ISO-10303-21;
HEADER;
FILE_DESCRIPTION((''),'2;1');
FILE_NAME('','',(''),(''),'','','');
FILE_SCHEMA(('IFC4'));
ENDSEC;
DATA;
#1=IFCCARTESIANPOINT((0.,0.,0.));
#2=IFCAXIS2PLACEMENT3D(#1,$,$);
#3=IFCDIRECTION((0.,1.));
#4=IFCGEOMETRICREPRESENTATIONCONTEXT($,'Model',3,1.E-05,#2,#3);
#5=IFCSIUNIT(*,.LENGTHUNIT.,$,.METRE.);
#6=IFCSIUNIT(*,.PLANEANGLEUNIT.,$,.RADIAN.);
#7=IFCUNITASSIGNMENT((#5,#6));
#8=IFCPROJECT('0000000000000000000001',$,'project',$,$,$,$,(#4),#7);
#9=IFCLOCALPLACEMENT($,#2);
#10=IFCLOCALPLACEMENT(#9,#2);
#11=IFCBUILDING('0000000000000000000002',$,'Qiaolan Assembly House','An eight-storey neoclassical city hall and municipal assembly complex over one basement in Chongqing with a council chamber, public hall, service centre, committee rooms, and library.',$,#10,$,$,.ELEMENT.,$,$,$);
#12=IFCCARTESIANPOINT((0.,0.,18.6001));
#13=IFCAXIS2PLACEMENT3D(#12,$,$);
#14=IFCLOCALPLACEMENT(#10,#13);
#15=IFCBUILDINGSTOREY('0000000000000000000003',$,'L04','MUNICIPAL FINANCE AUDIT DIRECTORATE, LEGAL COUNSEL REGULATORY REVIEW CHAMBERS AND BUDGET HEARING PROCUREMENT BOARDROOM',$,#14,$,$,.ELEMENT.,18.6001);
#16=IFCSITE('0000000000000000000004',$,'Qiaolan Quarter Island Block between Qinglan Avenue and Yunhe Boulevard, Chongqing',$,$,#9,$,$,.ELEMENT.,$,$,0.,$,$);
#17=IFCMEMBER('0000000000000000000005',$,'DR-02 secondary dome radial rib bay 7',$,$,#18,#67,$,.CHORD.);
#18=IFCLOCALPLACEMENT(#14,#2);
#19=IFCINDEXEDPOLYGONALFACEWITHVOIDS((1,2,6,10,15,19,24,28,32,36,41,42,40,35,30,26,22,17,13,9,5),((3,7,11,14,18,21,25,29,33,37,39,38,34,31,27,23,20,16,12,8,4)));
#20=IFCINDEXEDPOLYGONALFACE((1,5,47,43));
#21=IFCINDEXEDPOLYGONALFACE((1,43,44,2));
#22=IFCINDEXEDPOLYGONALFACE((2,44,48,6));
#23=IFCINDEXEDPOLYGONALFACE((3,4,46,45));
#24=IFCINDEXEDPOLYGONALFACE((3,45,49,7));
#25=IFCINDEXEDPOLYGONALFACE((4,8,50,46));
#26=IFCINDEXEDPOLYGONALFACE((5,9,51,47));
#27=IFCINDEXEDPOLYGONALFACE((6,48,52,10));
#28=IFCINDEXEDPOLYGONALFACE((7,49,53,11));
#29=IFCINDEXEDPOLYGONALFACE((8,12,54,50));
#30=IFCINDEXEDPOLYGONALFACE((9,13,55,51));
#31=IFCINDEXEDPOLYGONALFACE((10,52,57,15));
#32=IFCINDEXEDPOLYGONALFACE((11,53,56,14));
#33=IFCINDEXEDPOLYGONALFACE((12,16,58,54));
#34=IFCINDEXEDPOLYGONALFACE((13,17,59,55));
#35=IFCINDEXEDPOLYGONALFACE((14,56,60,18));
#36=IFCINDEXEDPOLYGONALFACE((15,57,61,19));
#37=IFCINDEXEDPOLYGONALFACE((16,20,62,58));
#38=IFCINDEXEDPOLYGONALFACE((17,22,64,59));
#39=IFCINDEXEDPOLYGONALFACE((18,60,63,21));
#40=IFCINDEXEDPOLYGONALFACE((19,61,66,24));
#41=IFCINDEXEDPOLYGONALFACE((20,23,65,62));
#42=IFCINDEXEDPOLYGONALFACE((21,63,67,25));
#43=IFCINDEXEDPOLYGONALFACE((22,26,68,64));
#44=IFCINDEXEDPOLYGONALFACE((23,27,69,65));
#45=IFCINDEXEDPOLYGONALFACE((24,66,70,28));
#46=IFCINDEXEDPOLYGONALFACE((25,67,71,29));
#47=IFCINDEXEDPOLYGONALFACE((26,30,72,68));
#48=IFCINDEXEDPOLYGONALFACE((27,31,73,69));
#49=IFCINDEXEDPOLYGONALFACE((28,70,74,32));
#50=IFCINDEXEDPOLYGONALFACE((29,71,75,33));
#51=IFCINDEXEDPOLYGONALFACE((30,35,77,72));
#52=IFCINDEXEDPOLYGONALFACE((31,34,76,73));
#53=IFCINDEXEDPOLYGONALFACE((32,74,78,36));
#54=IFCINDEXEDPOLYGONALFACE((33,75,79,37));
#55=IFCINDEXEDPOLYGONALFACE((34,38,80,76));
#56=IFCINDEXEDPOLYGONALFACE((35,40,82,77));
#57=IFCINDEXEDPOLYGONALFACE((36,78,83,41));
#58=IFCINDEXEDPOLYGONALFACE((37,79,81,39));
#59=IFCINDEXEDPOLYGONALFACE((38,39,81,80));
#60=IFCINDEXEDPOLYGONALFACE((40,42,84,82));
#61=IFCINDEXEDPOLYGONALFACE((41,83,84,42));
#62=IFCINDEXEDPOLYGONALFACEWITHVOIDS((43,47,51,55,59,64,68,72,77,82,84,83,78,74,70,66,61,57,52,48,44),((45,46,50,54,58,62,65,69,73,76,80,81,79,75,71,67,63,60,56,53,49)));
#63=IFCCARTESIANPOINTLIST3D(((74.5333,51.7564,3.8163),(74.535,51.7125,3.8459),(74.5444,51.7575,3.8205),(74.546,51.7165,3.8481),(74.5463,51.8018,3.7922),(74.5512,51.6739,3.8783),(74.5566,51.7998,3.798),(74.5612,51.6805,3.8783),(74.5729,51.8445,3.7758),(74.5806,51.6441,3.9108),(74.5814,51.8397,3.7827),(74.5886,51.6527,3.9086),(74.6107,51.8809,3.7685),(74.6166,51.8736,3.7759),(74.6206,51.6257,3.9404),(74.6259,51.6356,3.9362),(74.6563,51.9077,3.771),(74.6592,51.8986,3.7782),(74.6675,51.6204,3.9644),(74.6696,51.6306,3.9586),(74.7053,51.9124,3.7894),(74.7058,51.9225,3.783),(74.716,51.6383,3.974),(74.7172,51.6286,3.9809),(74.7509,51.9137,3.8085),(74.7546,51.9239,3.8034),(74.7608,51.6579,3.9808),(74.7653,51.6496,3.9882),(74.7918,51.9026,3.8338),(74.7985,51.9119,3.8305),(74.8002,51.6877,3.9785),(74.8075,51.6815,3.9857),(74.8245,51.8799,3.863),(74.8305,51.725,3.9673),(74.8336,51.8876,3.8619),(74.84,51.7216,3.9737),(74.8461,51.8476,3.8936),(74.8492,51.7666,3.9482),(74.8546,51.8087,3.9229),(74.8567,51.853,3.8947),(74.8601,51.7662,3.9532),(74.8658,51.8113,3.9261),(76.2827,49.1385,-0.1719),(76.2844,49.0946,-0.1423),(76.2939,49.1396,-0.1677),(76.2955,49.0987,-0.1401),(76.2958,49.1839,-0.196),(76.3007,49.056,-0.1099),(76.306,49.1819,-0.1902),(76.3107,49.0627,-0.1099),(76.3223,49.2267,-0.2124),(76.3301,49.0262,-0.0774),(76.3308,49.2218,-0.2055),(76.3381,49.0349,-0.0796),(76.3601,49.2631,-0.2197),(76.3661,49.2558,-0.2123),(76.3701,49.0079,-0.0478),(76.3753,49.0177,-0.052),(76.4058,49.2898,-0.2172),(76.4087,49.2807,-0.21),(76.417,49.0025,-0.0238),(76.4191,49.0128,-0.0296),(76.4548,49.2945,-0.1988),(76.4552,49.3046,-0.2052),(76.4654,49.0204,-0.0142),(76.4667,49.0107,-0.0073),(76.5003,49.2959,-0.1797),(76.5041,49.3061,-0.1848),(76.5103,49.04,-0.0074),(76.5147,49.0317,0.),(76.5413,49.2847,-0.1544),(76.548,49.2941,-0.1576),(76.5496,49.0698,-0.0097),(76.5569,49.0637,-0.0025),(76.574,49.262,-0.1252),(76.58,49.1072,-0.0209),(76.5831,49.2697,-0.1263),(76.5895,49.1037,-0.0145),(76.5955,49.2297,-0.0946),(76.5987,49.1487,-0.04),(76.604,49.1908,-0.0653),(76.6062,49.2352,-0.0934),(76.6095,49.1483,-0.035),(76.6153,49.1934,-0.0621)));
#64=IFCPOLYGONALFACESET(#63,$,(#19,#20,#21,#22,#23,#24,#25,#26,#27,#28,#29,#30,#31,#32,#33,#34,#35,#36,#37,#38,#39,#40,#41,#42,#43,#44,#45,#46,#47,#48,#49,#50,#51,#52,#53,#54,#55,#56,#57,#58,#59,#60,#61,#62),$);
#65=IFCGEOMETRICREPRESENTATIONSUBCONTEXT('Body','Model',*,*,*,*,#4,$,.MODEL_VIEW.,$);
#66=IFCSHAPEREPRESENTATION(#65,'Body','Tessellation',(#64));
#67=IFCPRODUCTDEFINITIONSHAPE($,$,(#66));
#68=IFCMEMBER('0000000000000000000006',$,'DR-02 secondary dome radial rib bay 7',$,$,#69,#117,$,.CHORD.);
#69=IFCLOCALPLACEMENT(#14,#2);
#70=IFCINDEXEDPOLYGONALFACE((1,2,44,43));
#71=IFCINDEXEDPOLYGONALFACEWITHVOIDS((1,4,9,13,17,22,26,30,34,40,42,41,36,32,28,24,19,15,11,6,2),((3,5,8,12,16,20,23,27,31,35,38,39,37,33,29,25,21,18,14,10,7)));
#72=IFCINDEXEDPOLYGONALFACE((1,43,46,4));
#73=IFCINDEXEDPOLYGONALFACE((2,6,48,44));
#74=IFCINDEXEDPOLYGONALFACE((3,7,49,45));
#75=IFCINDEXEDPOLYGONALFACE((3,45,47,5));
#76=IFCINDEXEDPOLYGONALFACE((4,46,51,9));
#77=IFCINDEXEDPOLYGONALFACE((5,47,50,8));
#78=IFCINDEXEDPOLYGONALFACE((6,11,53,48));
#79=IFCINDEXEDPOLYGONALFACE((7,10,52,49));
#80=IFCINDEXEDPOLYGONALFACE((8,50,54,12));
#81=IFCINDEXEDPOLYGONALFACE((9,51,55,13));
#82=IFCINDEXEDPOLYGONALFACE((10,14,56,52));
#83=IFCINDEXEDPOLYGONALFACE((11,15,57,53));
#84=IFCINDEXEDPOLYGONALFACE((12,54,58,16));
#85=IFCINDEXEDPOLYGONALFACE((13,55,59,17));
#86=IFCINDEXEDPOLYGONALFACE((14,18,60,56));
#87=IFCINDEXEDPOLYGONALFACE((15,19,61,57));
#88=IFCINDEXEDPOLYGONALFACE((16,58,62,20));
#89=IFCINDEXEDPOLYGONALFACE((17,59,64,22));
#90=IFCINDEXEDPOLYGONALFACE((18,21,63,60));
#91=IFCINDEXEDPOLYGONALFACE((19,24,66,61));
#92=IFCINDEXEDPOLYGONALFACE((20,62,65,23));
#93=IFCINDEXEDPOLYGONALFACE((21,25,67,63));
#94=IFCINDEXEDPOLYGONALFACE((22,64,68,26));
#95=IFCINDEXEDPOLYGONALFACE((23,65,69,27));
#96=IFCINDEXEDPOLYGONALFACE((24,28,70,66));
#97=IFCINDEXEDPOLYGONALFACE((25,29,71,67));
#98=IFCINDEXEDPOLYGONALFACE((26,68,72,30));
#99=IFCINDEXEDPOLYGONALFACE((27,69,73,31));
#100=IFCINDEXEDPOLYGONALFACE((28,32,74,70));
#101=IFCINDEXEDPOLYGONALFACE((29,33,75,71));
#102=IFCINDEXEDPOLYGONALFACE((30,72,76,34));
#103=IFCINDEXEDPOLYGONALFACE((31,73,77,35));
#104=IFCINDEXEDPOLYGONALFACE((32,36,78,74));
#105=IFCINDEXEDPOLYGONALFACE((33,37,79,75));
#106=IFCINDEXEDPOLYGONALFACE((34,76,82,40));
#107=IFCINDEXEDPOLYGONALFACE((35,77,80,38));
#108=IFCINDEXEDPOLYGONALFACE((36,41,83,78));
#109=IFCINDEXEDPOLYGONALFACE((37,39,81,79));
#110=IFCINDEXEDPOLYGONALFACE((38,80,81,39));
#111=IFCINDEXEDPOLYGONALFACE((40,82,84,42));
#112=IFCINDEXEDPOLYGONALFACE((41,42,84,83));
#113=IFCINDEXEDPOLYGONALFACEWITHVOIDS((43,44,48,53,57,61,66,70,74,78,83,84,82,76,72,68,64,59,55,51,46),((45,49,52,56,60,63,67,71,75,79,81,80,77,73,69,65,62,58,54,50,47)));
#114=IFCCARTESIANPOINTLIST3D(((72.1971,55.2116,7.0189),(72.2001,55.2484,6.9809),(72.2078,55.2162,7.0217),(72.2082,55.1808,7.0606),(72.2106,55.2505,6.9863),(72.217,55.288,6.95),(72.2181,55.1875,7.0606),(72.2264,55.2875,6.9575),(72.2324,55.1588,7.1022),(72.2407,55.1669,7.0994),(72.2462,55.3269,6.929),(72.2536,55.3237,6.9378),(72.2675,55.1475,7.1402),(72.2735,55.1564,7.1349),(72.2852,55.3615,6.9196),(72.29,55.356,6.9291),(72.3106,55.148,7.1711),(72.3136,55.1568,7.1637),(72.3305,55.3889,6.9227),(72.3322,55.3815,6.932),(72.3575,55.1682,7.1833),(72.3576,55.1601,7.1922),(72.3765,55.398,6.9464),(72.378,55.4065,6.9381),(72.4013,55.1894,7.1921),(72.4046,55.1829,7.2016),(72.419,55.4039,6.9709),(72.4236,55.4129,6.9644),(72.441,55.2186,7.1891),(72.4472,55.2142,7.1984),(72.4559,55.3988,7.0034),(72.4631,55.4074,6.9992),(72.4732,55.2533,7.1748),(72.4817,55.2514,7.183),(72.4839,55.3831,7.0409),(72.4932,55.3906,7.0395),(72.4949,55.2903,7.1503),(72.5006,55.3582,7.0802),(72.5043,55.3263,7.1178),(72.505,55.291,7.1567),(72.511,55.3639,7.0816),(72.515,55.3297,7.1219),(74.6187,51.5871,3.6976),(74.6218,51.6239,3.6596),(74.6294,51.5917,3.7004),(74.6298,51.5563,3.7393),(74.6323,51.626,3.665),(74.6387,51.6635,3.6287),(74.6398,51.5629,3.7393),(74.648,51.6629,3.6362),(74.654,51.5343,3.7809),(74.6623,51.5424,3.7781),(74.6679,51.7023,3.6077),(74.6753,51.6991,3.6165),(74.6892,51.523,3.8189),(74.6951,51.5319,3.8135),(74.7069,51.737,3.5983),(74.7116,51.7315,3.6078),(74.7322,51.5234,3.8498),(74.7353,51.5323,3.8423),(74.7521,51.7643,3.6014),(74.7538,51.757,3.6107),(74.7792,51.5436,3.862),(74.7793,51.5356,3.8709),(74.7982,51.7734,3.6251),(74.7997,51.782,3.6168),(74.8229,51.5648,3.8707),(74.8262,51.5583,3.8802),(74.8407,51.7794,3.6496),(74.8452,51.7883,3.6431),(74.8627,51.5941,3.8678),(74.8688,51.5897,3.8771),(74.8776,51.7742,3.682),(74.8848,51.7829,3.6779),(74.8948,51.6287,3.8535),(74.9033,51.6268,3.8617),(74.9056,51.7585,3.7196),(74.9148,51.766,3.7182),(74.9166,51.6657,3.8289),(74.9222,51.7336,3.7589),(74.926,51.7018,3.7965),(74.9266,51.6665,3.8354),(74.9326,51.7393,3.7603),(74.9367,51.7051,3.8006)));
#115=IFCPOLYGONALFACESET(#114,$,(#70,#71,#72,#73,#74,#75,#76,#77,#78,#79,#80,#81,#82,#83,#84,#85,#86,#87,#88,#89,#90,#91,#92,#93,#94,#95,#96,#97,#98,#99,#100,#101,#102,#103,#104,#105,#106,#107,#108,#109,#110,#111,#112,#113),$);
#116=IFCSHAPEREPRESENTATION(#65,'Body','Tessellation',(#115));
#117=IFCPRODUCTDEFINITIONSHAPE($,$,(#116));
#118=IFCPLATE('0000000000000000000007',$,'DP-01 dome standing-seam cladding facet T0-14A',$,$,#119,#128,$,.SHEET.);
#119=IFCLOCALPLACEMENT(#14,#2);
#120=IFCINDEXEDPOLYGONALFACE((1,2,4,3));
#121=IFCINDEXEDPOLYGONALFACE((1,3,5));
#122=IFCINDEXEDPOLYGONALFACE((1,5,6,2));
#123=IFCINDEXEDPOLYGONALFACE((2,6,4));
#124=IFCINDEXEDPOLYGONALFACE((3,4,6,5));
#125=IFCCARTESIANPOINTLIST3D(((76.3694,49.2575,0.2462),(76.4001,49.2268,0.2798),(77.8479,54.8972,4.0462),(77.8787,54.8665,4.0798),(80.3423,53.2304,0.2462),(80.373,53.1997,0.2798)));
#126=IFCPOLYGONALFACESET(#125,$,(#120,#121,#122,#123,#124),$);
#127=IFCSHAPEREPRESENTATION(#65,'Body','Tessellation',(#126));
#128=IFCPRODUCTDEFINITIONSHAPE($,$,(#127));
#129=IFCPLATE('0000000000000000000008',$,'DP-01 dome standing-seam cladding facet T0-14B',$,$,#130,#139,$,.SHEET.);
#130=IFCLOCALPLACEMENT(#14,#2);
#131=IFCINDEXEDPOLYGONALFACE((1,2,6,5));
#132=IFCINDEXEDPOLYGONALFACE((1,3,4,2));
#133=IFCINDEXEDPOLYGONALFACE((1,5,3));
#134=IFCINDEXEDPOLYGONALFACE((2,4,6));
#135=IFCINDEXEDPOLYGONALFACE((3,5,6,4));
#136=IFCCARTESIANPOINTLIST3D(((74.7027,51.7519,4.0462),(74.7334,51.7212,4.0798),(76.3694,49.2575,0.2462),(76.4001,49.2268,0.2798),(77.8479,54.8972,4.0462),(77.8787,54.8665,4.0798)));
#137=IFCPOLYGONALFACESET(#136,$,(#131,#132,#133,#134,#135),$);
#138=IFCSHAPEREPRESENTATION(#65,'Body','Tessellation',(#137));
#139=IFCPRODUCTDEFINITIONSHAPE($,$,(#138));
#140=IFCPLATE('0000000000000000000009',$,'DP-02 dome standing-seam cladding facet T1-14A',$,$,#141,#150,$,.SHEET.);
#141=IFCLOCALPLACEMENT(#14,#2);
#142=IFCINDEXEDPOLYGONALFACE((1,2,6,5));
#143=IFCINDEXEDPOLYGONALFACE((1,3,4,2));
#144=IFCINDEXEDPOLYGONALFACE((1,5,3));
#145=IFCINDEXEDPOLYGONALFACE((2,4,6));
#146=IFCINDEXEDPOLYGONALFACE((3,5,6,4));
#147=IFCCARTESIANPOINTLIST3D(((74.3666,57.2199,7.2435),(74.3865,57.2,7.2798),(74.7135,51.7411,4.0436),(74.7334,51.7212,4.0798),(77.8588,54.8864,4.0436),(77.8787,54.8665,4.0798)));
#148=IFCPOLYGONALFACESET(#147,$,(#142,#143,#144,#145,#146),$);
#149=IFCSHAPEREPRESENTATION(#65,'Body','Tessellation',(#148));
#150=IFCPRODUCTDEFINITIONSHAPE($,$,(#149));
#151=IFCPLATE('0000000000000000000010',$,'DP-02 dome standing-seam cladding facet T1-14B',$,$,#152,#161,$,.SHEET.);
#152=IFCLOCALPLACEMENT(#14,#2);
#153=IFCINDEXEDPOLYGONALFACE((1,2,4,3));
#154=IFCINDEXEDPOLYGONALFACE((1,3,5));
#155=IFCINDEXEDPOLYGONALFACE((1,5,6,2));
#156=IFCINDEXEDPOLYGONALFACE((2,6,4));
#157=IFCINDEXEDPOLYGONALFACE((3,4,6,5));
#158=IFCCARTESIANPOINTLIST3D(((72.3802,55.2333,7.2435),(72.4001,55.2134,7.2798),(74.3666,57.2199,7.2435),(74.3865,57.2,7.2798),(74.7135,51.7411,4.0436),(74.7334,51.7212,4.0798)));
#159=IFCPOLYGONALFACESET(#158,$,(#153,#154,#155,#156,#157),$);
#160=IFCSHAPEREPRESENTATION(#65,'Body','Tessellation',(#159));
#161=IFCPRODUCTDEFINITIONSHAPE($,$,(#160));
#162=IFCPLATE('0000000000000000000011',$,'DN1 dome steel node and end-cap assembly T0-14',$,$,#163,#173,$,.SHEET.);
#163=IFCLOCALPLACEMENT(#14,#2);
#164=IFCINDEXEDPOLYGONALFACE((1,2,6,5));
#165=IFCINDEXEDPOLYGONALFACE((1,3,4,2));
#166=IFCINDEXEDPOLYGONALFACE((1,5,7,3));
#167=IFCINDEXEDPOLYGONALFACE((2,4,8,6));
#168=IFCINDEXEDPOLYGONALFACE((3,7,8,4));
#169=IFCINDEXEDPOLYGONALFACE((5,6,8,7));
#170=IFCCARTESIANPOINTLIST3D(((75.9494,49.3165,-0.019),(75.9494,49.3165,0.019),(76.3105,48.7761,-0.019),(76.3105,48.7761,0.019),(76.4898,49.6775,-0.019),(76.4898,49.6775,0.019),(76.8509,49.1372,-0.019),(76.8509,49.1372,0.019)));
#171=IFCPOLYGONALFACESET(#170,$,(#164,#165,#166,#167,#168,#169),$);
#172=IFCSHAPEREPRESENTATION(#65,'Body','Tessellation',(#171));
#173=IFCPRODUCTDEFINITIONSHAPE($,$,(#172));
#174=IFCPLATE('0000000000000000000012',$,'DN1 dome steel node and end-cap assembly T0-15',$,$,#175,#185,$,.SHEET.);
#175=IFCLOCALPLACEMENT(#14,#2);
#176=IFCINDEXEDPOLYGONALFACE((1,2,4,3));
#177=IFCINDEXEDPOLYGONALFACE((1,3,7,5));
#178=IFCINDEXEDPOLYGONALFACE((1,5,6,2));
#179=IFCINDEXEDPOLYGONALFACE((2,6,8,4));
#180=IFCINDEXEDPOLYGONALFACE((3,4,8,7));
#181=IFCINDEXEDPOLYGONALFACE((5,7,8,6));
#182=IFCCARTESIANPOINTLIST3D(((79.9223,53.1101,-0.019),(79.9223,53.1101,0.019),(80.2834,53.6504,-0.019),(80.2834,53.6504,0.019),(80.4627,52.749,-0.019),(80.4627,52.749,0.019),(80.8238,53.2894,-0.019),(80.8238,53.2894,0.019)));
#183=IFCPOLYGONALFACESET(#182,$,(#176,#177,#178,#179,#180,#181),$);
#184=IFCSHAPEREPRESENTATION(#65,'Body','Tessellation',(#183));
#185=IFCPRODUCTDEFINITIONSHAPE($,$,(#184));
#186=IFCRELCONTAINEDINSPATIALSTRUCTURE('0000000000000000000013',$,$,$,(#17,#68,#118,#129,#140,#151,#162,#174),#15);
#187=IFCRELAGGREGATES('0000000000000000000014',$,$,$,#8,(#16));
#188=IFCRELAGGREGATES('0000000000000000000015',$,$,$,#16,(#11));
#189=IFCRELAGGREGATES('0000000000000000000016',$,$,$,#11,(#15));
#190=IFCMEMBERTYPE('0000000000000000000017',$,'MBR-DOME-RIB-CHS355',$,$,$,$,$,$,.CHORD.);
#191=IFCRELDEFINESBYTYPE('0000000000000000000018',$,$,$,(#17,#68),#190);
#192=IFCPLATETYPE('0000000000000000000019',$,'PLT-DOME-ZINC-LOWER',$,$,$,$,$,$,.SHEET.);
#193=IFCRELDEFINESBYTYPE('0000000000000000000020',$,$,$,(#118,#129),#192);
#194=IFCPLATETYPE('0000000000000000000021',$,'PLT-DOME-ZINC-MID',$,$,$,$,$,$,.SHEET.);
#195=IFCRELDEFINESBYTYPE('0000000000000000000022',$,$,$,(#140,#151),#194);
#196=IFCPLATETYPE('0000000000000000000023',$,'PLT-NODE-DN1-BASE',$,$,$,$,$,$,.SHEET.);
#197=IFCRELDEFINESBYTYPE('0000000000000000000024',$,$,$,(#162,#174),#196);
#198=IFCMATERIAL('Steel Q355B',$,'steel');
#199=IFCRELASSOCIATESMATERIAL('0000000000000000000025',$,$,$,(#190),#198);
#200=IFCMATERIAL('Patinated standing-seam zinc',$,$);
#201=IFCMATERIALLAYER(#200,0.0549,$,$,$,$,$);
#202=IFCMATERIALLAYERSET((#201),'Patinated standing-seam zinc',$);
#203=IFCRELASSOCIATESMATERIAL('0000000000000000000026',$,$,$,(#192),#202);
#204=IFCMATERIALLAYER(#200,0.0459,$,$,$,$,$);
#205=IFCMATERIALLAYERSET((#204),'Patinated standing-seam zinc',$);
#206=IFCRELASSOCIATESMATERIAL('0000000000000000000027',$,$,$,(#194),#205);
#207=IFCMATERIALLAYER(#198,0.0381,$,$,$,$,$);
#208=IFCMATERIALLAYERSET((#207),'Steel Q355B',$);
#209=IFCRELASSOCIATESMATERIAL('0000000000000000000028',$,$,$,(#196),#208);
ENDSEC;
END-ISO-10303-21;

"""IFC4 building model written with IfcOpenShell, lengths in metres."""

from ifc_helpers import new_model, si_unit, direction, frame, origin, origin_2d, place, context, subcontext, project, spatial, polyline, rectangle, hollow_circle, outline, extrude, material, layer, layer_set, material_profile, profile_set, type_object, element, save


model = new_model("IFC4")

# Units and contexts
model_context = context("Model", 3, precision=1e-05, world=origin(), true_north=direction((0.0, 1.0)))
body_context = subcontext(model_context, "Body", "Model", "MODEL_VIEW")
ifc_project = project(units=[si_unit("LENGTHUNIT", "METRE"), si_unit("PLANEANGLEUNIT", "RADIAN")], contexts=[model_context])

# Site, building, storey
site_placement = place(None, origin())
site = spatial("IfcSite", under=ifc_project, at=site_placement, Name="Qiaolan Quarter Island Block between Qinglan Avenue and Yunhe Boulevard, Chongqing", CompositionType="ELEMENT", RefElevation=0.0)
building_placement = place(site_placement, origin())
building = spatial("IfcBuilding", under=site, at=building_placement, Name="Qiaolan Assembly House", Description="An eight-storey neoclassical city hall and municipal assembly complex over one basement in Chongqing with a council chamber, public hall, service centre, committee rooms, and library.", CompositionType="ELEMENT")
storey_placement = place(building_placement, frame((0.0, 0.0, 18.6001)))
storey = spatial("IfcBuildingStorey", under=building, at=storey_placement, Name="L04", Description="MUNICIPAL FINANCE AUDIT DIRECTORATE, LEGAL COUNSEL REGULATORY REVIEW CHAMBERS AND BUDGET HEARING PROCUREMENT BOARDROOM", CompositionType="ELEMENT", Elevation=18.6001)

# Shared definitions
ifc_material_1 = material(Name="Steel Q355B", Category="steel")

# Members
ifc_material_profile_1 = material_profile(ifc_material_1, hollow_circle(Radius=0.1777, WallThickness=0.012, at=origin_2d()), Name="CHS 355.6x12")
ifc_profile_set_1 = profile_set([ifc_material_profile_1], Name="Steel Q355B")
member_type_1 = type_object("IfcMemberType", Name="MBR-DOME-RIB-CHS355", PredefinedType="CHORD", material=ifc_profile_set_1)
member_1_placement = place(storey_placement, frame((76.4485, 49.1548, -0.1099), z_axis=(-0.344297, 0.515196, 0.784878), x_axis=(-0.831429, -0.55563, 0.0)))
element("IfcMember", 1, at=member_1_placement, inside=storey, type_object=member_type_1, Name="DR-02 secondary dome radial rib bay 7", PredefinedType="CHORD", context=body_context, shape_type="SweptSolid", body=[
    extrude(hollow_circle(Radius=0.1777, WallThickness=0.012, at=origin_2d()), origin(), (0.0, 0.0, 1.0), 5.0813),
])
member_2_placement = place(storey_placement, frame((74.7776, 51.655, 3.7393), z_axis=(-0.441889, 0.661386, 0.606055), x_axis=(-0.83149, -0.55554, 0.0)))
element("IfcMember", 2, at=member_2_placement, inside=storey, type_object=member_type_1, Name="DR-02 secondary dome radial rib bay 7", PredefinedType="CHORD", context=body_context, shape_type="SweptSolid", body=[
    extrude(hollow_circle(Radius=0.1777, WallThickness=0.012, at=origin_2d()), origin(), (0.0, 0.0, 1.0), 5.4802),
])

# Plates
ifc_material_2 = material(Name="Patinated standing-seam zinc")
ifc_layer_1 = layer(ifc_material_2, 0.0549)
ifc_layer_set_1 = layer_set([ifc_layer_1], Name="Patinated standing-seam zinc")
plate_type_1 = type_object("IfcPlateType", Name="PLT-DOME-ZINC-LOWER", PredefinedType="SHEET", material=ifc_layer_set_1)
plate_1_placement = place(storey_placement, frame((76.4001, 49.2268, 0.2798), z_axis=(0.559098, -0.559098, 0.612224), x_axis=(0.707107, 0.707107, 0.0)))
element("IfcPlate", 3, at=plate_1_placement, inside=storey, type_object=plate_type_1, Name="DP-01 dome standing-seam cladding facet T0-14A", PredefinedType="SHEET", context=body_context, shape_type="SweptSolid", body=[
    extrude(outline(polyline([(0.0, 0.0), (5.6185, 0.0), (5.0333, 4.806), (0.0, 0.0)])), origin(), (0.0, 0.0, -1.0), 0.0549),
])
plate_2_placement = place(storey_placement, frame((76.4001, 49.2268, 0.2798), z_axis=(0.559098, -0.559098, 0.612224), x_axis=(0.212451, 0.810375, 0.546038)))
element("IfcPlate", 4, at=plate_2_placement, inside=storey, type_object=plate_type_1, Name="DP-01 dome standing-seam cladding facet T0-14B", PredefinedType="SHEET", context=body_context, shape_type="SweptSolid", body=[
    extrude(outline(polyline([(0.0, 0.0), (6.9593, 0.0), (3.7423, 3.0718), (0.0, 0.0)])), origin(), (0.0, 0.0, -1.0), 0.0549),
])
ifc_layer_2 = layer(ifc_material_2, 0.0459)
ifc_layer_set_2 = layer_set([ifc_layer_2], Name="Patinated standing-seam zinc")
plate_type_2 = type_object("IfcPlateType", Name="PLT-DOME-ZINC-MID", PredefinedType="SHEET", material=ifc_layer_set_2)
plate_3_placement = place(storey_placement, frame((74.7334, 51.7212, 4.0798), z_axis=(0.433783, -0.433783, 0.789725), x_axis=(0.707107, 0.707107, 0.0)))
element("IfcPlate", 5, at=plate_3_placement, inside=storey, type_object=plate_type_2, Name="DP-02 dome standing-seam cladding facet T1-14A", PredefinedType="SHEET", context=body_context, shape_type="SweptSolid", body=[
    extrude(outline(polyline([(0.0, 0.0), (4.4481, 0.0), (3.6288, 5.2162), (0.0, 0.0)])), origin(), (0.0, 0.0, -1.0), 0.0459),
])
plate_4_placement = place(storey_placement, frame((74.7334, 51.7212, 4.0798), z_axis=(0.433824, -0.433771, 0.789709), x_axis=(-0.054597, 0.862216, 0.50359)))
element("IfcPlate", 6, at=plate_4_placement, inside=storey, type_object=plate_type_2, Name="DP-02 dome standing-seam cladding facet T1-14B", PredefinedType="SHEET", context=body_context, shape_type="SweptSolid", body=[
    extrude(outline(polyline([(0.0, 0.0), (6.3543, 0.0), (4.7499, 2.306), (0.0, 0.0)])), origin(), (0.0, 0.0, -1.0), 0.0459),
])
ifc_layer_3 = layer(ifc_material_1, 0.0381)
ifc_layer_set_3 = layer_set([ifc_layer_3], Name="Steel Q355B")
plate_type_3 = type_object("IfcPlateType", Name="PLT-NODE-DN1-BASE", PredefinedType="SHEET", material=ifc_layer_set_3)
for number, where, z_axis, x_axis, name in (
    (7, (76.4001, 49.2268, -0.019), (0.0, 0.0, 1.0), (0.55557, -0.83147, 0.0), "DN1 dome steel node and end-cap assembly T0-14"),
    (8, (80.373, 53.1997, -0.019), (0.0, 0.0, 1.0), (0.83147, -0.55557, 0.0), "DN1 dome steel node and end-cap assembly T0-15"),
):
    element("IfcPlate", number, at=place(storey_placement, frame(where, z_axis=z_axis, x_axis=x_axis)), inside=storey, type_object=plate_type_3, Name=name, PredefinedType="SHEET", context=body_context, shape_type="SweptSolid", body=[
        extrude(rectangle(XDim=0.6499, YDim=0.6499, at=origin_2d()), origin(), (0.0, 0.0, 1.0), 0.0381),
    ])

save(model, "model.ifc")
